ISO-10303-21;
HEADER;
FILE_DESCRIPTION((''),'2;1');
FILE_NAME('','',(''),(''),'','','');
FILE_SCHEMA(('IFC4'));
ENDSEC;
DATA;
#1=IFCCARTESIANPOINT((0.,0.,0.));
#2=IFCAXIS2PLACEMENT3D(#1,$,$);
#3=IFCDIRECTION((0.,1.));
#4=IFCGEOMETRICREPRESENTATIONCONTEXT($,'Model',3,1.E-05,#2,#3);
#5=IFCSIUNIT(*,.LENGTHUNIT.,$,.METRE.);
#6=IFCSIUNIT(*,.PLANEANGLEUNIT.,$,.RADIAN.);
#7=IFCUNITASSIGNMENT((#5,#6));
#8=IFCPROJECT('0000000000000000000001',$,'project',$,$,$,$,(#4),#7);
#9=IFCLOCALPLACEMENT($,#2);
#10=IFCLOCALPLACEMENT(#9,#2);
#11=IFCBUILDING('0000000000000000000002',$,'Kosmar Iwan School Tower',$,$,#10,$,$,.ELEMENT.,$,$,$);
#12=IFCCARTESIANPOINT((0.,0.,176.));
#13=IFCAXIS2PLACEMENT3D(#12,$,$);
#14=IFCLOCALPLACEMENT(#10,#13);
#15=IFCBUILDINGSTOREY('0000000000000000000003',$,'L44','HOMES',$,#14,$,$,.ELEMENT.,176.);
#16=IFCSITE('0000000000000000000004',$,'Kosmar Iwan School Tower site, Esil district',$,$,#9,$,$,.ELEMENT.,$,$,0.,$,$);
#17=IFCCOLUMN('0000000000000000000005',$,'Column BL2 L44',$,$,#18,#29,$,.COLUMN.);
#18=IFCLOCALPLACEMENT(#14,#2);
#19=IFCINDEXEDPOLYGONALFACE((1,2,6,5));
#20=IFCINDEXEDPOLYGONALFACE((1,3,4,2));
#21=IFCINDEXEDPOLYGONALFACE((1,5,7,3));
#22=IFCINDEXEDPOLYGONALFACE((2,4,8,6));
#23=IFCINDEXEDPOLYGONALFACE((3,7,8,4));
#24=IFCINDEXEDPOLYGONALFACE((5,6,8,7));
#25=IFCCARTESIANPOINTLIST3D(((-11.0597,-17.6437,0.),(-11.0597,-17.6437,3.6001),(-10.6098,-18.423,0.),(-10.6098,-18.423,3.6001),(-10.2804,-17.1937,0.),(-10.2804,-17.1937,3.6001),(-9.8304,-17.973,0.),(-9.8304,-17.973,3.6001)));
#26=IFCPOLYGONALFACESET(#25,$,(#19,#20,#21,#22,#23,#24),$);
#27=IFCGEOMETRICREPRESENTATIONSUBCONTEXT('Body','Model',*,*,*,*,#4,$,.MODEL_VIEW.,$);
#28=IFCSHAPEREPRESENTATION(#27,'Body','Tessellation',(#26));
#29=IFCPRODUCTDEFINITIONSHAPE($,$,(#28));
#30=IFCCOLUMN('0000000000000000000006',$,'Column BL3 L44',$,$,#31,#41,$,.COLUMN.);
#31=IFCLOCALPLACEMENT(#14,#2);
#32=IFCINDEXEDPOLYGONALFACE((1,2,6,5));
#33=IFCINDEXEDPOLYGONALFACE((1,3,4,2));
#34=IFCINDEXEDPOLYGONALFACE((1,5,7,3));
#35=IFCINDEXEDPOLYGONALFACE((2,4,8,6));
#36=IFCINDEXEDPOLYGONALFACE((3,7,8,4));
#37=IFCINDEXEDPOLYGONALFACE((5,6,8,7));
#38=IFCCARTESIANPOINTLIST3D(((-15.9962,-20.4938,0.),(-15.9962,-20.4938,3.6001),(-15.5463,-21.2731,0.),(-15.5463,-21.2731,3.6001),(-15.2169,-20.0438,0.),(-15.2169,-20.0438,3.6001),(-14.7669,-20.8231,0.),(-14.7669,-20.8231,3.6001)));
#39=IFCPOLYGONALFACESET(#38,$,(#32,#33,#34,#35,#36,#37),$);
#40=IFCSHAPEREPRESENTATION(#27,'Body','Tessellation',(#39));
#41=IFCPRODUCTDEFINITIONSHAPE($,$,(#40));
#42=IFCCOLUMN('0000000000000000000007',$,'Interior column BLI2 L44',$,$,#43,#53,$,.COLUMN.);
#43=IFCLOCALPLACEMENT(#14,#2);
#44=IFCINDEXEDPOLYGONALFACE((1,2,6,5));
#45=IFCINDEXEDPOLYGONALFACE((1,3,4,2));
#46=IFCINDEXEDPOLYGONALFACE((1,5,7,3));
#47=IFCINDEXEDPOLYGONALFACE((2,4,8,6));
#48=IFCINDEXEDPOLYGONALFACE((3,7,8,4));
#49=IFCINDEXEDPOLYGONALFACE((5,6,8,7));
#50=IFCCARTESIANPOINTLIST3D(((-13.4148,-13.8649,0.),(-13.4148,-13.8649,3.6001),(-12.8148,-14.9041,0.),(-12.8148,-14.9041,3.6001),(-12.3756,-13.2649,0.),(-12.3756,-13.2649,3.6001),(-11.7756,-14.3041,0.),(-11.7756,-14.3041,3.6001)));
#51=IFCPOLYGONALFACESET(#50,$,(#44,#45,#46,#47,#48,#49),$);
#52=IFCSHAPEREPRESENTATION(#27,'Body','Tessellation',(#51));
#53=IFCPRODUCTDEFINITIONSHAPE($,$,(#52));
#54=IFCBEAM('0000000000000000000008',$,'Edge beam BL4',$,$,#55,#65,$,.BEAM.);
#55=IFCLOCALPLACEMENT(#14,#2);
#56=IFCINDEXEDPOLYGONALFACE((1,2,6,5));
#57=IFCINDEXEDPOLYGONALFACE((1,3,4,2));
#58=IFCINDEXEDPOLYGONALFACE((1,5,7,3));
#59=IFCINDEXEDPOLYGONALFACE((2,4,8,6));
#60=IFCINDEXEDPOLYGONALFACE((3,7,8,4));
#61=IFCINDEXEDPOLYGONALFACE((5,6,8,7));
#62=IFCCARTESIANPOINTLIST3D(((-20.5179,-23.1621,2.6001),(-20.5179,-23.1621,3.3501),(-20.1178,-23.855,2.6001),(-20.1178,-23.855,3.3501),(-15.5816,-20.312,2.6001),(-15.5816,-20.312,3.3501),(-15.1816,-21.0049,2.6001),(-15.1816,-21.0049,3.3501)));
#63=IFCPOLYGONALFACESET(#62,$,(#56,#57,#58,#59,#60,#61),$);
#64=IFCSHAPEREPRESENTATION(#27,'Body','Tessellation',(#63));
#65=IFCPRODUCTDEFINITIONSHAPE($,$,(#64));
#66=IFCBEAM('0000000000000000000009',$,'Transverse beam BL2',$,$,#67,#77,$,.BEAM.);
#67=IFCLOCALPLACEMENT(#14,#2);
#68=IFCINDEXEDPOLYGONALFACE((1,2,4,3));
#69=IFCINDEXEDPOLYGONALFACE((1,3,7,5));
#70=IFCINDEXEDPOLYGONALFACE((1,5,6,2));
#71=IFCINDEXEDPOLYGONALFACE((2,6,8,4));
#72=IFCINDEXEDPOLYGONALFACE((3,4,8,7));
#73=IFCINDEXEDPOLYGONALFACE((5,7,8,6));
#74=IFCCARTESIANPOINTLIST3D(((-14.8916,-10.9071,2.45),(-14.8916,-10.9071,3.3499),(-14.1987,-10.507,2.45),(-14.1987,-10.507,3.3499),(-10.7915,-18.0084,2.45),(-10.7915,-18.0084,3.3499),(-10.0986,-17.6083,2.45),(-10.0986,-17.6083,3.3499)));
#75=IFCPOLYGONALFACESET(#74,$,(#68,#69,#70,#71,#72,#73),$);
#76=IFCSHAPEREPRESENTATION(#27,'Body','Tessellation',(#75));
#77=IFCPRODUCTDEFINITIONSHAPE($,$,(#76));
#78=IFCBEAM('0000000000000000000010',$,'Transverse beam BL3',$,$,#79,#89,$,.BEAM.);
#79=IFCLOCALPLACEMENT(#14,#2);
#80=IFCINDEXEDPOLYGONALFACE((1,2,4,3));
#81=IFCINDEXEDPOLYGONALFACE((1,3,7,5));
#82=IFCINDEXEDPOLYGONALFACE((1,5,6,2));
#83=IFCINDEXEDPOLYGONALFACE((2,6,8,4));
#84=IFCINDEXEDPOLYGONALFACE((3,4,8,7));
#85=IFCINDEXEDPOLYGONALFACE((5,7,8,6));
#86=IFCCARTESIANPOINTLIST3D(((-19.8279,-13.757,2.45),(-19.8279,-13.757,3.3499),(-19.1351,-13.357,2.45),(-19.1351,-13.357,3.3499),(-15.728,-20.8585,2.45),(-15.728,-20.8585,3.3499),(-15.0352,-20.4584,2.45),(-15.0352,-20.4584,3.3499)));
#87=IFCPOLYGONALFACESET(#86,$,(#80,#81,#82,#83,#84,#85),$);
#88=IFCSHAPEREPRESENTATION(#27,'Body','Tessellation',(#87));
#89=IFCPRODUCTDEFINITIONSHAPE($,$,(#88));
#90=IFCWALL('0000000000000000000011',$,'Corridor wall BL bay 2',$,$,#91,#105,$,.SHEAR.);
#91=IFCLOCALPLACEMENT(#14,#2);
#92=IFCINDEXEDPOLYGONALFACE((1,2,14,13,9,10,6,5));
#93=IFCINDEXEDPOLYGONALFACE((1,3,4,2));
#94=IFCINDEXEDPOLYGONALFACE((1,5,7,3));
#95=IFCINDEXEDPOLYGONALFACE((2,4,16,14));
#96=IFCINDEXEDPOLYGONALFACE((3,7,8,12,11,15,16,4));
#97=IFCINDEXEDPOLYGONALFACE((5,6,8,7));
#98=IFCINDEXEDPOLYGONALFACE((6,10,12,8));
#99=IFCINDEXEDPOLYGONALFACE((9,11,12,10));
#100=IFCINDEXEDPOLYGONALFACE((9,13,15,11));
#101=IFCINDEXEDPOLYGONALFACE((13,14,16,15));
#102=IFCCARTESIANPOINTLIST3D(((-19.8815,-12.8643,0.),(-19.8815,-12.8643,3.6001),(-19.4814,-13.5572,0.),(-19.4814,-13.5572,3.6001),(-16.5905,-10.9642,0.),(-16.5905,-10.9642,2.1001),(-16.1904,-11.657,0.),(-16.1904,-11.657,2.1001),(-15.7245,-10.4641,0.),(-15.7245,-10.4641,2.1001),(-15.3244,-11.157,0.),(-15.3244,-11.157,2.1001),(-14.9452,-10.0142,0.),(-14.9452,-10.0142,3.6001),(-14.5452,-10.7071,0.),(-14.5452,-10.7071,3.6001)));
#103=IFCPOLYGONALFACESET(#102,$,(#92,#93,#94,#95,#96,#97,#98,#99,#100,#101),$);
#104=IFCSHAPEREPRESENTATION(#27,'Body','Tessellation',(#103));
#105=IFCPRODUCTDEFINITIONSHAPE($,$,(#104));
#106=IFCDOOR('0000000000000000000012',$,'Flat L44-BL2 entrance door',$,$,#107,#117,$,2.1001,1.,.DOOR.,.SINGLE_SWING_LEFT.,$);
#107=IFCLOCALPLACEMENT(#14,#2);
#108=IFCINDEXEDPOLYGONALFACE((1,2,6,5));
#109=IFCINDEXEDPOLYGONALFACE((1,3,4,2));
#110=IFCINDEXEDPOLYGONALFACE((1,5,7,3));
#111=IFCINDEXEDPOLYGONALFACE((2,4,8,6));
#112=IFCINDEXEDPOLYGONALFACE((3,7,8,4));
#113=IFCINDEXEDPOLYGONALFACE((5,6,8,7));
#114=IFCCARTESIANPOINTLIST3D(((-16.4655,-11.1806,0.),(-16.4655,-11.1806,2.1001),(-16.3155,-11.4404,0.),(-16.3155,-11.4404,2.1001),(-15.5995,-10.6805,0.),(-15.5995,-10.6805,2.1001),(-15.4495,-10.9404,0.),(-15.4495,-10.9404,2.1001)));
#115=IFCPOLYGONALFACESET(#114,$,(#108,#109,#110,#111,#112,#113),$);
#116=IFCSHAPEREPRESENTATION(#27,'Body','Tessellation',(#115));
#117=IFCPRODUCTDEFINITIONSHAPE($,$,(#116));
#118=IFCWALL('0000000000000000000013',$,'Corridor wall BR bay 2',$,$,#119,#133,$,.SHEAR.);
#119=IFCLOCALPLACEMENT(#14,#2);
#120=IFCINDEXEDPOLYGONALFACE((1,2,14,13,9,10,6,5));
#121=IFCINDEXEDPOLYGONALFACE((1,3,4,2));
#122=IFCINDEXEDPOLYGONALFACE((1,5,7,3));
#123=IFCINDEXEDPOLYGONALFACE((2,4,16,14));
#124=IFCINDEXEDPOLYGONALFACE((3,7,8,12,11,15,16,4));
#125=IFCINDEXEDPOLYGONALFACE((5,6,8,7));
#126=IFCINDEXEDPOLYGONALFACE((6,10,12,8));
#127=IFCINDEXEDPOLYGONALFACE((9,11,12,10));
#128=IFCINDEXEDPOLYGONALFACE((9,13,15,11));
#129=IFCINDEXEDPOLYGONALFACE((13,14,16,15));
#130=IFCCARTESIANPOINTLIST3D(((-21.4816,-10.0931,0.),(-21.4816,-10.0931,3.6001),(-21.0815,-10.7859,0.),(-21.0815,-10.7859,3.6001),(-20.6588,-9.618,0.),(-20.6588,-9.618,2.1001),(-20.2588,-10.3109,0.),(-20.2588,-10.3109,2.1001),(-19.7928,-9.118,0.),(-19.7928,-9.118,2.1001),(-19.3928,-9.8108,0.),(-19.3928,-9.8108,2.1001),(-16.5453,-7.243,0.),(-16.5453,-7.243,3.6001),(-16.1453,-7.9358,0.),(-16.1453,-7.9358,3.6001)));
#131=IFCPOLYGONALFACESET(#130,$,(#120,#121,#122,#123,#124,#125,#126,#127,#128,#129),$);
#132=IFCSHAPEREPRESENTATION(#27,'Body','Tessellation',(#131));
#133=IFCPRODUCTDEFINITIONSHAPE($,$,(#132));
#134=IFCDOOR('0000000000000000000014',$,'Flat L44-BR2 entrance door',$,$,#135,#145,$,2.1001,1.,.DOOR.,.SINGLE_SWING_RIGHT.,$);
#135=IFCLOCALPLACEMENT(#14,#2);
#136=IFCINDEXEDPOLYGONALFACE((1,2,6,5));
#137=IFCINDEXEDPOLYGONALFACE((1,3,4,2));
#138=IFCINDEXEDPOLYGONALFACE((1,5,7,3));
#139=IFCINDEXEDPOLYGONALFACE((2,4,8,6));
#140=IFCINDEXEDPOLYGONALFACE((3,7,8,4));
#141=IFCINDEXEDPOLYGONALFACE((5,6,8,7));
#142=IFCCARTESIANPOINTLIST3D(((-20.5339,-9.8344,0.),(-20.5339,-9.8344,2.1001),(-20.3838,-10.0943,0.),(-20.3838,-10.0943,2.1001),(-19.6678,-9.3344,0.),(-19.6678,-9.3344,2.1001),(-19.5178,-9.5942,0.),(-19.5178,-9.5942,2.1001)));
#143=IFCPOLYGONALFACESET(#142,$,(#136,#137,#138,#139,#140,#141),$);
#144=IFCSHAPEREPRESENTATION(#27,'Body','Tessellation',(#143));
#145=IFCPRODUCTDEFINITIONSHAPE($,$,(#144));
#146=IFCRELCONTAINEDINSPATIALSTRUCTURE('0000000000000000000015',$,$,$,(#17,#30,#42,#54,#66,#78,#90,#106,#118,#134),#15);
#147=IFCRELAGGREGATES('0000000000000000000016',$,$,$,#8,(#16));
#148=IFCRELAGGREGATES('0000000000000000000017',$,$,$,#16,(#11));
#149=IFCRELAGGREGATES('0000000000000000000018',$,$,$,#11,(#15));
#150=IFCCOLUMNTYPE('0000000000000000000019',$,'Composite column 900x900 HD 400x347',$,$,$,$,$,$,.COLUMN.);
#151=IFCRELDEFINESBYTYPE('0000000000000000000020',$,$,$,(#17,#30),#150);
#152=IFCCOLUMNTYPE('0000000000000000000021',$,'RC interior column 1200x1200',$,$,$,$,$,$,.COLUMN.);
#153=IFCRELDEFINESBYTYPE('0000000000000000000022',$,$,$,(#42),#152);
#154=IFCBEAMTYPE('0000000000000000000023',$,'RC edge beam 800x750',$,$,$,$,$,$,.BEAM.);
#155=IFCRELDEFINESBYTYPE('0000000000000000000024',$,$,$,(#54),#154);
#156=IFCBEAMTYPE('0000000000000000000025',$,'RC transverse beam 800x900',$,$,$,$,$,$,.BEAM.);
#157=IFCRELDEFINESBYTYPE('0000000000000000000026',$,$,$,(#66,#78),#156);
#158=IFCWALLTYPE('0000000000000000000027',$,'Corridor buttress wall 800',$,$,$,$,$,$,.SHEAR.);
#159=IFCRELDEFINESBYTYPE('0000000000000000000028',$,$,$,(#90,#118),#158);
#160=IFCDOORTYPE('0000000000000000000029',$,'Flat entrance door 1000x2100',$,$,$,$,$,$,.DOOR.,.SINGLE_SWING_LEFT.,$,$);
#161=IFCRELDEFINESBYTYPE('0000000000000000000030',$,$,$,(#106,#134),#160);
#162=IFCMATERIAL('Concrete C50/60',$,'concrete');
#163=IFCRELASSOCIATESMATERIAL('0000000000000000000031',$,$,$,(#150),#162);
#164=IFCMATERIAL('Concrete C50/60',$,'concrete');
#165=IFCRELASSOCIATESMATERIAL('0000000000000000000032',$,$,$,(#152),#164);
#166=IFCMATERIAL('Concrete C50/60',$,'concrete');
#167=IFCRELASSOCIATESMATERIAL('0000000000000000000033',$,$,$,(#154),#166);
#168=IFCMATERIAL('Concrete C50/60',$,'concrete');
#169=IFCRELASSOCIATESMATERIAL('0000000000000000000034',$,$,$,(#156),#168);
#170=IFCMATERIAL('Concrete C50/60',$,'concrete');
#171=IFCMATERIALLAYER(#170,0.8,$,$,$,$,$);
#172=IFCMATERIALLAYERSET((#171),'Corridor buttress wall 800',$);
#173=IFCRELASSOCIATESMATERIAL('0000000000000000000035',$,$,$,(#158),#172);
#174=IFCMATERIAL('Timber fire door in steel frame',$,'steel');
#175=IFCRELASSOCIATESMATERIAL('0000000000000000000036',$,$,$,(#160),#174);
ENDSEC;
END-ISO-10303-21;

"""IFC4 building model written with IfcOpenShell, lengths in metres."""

from ifc_helpers import new_model, si_unit, direction, frame, frame_2d, origin, origin_2d, place, context, subcontext, project, spatial, rectangle, extrude, material, layer, layer_set, material_profile, profile_set, type_object, element, fill, save


model = new_model("IFC4")

# Units and contexts
model_context = context("Model", 3, precision=1e-05, world=origin(), true_north=direction((0.0, 1.0)))
body_context = subcontext(model_context, "Body", "Model", "MODEL_VIEW")
ifc_project = project(units=[si_unit("LENGTHUNIT", "METRE"), si_unit("PLANEANGLEUNIT", "RADIAN")], contexts=[model_context])

# Site, building, storey
site_placement = place(None, origin())
site = spatial("IfcSite", under=ifc_project, at=site_placement, Name="Kosmar Iwan School Tower site, Esil district", CompositionType="ELEMENT", RefElevation=0.0)
building_placement = place(site_placement, origin())
building = spatial("IfcBuilding", under=site, at=building_placement, Name="Kosmar Iwan School Tower", CompositionType="ELEMENT")
storey_placement = place(building_placement, frame((0.0, 0.0, 176.0)))
storey = spatial("IfcBuildingStorey", under=building, at=storey_placement, Name="L44", Description="HOMES", CompositionType="ELEMENT", Elevation=176.0)

# Columns
ifc_material_1 = material(Name="Concrete C50/60", Category="concrete")
ifc_material_profile_1 = material_profile(ifc_material_1, rectangle(XDim=0.8999, YDim=0.8999, at=origin_2d()), Name="RC 900x900 + HD 400x347")
ifc_profile_set_1 = profile_set([ifc_material_profile_1], Name="Concrete C50/60")
column_type_1 = type_object("IfcColumnType", Name="Composite column 900x900 HD 400x347", PredefinedType="COLUMN", material=ifc_profile_set_1)
for number, where, z_axis, x_axis, name in (
    (1, (-10.4451, -17.8083, 0.0), (0.0, 0.0, 1.0), (-0.866025, -0.5, 0.0), "Column BL2 L44"),
    (2, (-15.3816, -20.6584, 0.0), (0.0, 0.0, 1.0), (-0.866025, -0.5, 0.0), "Column BL3 L44"),
):
    element("IfcColumn", number, at=place(storey_placement, frame(where, z_axis=z_axis, x_axis=x_axis)), inside=storey, type_object=column_type_1, Name=name, PredefinedType="COLUMN", context=body_context, shape_type="SweptSolid", body=[
        extrude(rectangle(XDim=0.8999, YDim=0.8999, at=origin_2d()), origin(), (0.0, 0.0, 1.0), 3.6001),
    ])
ifc_material_2 = material(Name="Concrete C50/60", Category="concrete")
ifc_material_profile_2 = material_profile(ifc_material_2, rectangle(XDim=1.2, YDim=1.2, at=origin_2d()), Name="RC 1200x1200")
ifc_profile_set_2 = profile_set([ifc_material_profile_2], Name="Concrete C50/60")
column_type_2 = type_object("IfcColumnType", Name="RC interior column 1200x1200", PredefinedType="COLUMN", material=ifc_profile_set_2)
column_placement = place(storey_placement, frame((-12.5952, -14.0845, 0.0), z_axis=(0.0, 0.0, 1.0), x_axis=(-0.866025, -0.5, 0.0)))
element("IfcColumn", 3, at=column_placement, inside=storey, type_object=column_type_2, Name="Interior column BLI2 L44", PredefinedType="COLUMN", context=body_context, shape_type="SweptSolid", body=[
    extrude(rectangle(XDim=1.2, YDim=1.2, at=origin_2d()), origin(), (0.0, 0.0, 1.0), 3.6001),
])

# Beams
ifc_material_3 = material(Name="Concrete C50/60", Category="concrete")
ifc_material_profile_3 = material_profile(ifc_material_3, rectangle(XDim=0.8, YDim=0.75, at=origin_2d()), Name="RC 800x750")
ifc_profile_set_3 = profile_set([ifc_material_profile_3], Name="Concrete C50/60")
beam_type_1 = type_object("IfcBeamType", Name="RC edge beam 800x750", PredefinedType="BEAM", material=ifc_profile_set_3)
beam_placement = place(storey_placement, frame((-15.3816, -20.6584, 2.9751), z_axis=(-0.866015, -0.500018, 0.0), x_axis=(0.500018, -0.866015, 0.0)))
element("IfcBeam", 4, at=beam_placement, inside=storey, type_object=beam_type_1, Name="Edge beam BL4", PredefinedType="BEAM", context=body_context, shape_type="SweptSolid", body=[
    extrude(rectangle(XDim=0.8, YDim=0.75, at=origin_2d()), origin(), (0.0, 0.0, 1.0), 5.7),
])
ifc_material_4 = material(Name="Concrete C50/60", Category="concrete")
ifc_material_profile_4 = material_profile(ifc_material_4, rectangle(XDim=0.8, YDim=0.8999, at=origin_2d()), Name="RC 800x900")
ifc_profile_set_4 = profile_set([ifc_material_profile_4], Name="Concrete C50/60")
beam_type_2 = type_object("IfcBeamType", Name="RC transverse beam 800x900", PredefinedType="BEAM", material=ifc_profile_set_4)
for number, where, z_axis, x_axis, name in (
    (5, (-10.4451, -17.8083, 2.8999), (-0.500014, 0.866018, 0.0), (-0.866018, -0.500014, 0.0), "Transverse beam BL2"),
    (6, (-15.3816, -20.6584, 2.8999), (-0.499991, 0.86603, 0.0), (-0.86603, -0.499991, 0.0), "Transverse beam BL3"),
):
    element("IfcBeam", number, at=place(storey_placement, frame(where, z_axis=z_axis, x_axis=x_axis)), inside=storey, type_object=beam_type_2, Name=name, PredefinedType="BEAM", context=body_context, shape_type="SweptSolid", body=[
        extrude(rectangle(XDim=0.8, YDim=0.8999, at=origin_2d()), origin(), (0.0, 0.0, 1.0), 8.2),
    ])

# Walls, openings, doors
ifc_material_5 = material(Name="Concrete C50/60", Category="concrete")
ifc_layer_1 = layer(ifc_material_5, 0.8)
ifc_layer_set_1 = layer_set([ifc_layer_1], Name="Corridor buttress wall 800")
wall_type_1 = type_object("IfcWallType", Name="Corridor buttress wall 800", PredefinedType="SHEAR", material=ifc_layer_set_1)
wall_1_placement = place(storey_placement, frame((-14.7451, -10.3606, 0.0), z_axis=(0.0, 0.0, 1.0), x_axis=(-0.866015, -0.500018, 0.0)))
wall_1 = element("IfcWall", 7, at=wall_1_placement, inside=storey, type_object=wall_type_1, Name="Corridor wall BL bay 2", PredefinedType="SHEAR", context=body_context, shape_type="SweptSolid", body=[
    extrude(rectangle(XDim=5.7, YDim=0.8, at=frame_2d((2.8501, 0.0))), origin(), (0.0, 0.0, 1.0), 3.6001),
])
opening_1_placement = place(wall_1_placement, frame((0.8999, 0.0, 0.0)))
opening_1 = element("IfcOpeningElement", 8, at=opening_1_placement, cuts=wall_1, PredefinedType="OPENING", context=body_context, shape_type="SweptSolid", body=[
    extrude(rectangle(XDim=1.0, YDim=2.1001, at=frame_2d((0.5, 1.05))), frame((0.0, 0.4121, 0.0), z_axis=(0.0, -1.0, 0.0), x_axis=(1.0, 0.0, 0.0)), (0.0, 0.0, 1.0), 0.824),
])
ifc_material_6 = material(Name="Timber fire door in steel frame", Category="steel")
door_type_1 = type_object("IfcDoorType", Name="Flat entrance door 1000x2100", OperationType="SINGLE_SWING_LEFT", PredefinedType="DOOR", material=ifc_material_6)
door_1_placement = place(opening_1_placement, origin())
door_1 = element("IfcDoor", 9, at=door_1_placement, inside=storey, type_object=door_type_1, Name="Flat L44-BL2 entrance door", OperationType="SINGLE_SWING_LEFT", OverallHeight=2.1001, OverallWidth=1.0, PredefinedType="DOOR", context=body_context, shape_type="SweptSolid", body=[
    extrude(rectangle(XDim=1.0, YDim=2.1001, at=frame_2d((0.5, 1.05))), frame((0.0, 0.1499, 0.0), z_axis=(0.0, -1.0, 0.0), x_axis=(1.0, 0.0, 0.0)), (0.0, 0.0, 1.0), 0.3),
])
fill(opening_1, door_1)
wall_2_placement = place(storey_placement, frame((-16.3452, -7.5894, 0.0), z_axis=(0.0, 0.0, 1.0), x_axis=(-0.866015, -0.500018, 0.0)))
wall_2 = element("IfcWall", 10, at=wall_2_placement, inside=storey, type_object=wall_type_1, Name="Corridor wall BR bay 2", PredefinedType="SHEAR", context=body_context, shape_type="SweptSolid", body=[
    extrude(rectangle(XDim=5.7, YDim=0.8, at=frame_2d((2.8501, 0.0))), origin(), (0.0, 0.0, 1.0), 3.6001),
])
opening_2_placement = place(wall_2_placement, frame((3.75, 0.0, 0.0)))
opening_2 = element("IfcOpeningElement", 11, at=opening_2_placement, cuts=wall_2, PredefinedType="OPENING", context=body_context, shape_type="SweptSolid", body=[
    extrude(rectangle(XDim=1.0, YDim=2.1001, at=frame_2d((0.5, 1.05))), frame((0.0, 0.4121, 0.0), z_axis=(0.0, -1.0, 0.0), x_axis=(1.0, 0.0, 0.0)), (0.0, 0.0, 1.0), 0.824),
])
door_2_placement = place(opening_2_placement, origin())
door_2 = element("IfcDoor", 12, at=door_2_placement, inside=storey, type_object=door_type_1, Name="Flat L44-BR2 entrance door", OperationType="SINGLE_SWING_RIGHT", OverallHeight=2.1001, OverallWidth=1.0, PredefinedType="DOOR", context=body_context, shape_type="SweptSolid", body=[
    extrude(rectangle(XDim=1.0, YDim=2.1001, at=frame_2d((0.5, 1.05))), frame((0.0, 0.1499, 0.0), z_axis=(0.0, -1.0, 0.0), x_axis=(1.0, 0.0, 0.0)), (0.0, 0.0, 1.0), 0.3),
])
fill(opening_2, door_2)

save(model, "model.ifc")
